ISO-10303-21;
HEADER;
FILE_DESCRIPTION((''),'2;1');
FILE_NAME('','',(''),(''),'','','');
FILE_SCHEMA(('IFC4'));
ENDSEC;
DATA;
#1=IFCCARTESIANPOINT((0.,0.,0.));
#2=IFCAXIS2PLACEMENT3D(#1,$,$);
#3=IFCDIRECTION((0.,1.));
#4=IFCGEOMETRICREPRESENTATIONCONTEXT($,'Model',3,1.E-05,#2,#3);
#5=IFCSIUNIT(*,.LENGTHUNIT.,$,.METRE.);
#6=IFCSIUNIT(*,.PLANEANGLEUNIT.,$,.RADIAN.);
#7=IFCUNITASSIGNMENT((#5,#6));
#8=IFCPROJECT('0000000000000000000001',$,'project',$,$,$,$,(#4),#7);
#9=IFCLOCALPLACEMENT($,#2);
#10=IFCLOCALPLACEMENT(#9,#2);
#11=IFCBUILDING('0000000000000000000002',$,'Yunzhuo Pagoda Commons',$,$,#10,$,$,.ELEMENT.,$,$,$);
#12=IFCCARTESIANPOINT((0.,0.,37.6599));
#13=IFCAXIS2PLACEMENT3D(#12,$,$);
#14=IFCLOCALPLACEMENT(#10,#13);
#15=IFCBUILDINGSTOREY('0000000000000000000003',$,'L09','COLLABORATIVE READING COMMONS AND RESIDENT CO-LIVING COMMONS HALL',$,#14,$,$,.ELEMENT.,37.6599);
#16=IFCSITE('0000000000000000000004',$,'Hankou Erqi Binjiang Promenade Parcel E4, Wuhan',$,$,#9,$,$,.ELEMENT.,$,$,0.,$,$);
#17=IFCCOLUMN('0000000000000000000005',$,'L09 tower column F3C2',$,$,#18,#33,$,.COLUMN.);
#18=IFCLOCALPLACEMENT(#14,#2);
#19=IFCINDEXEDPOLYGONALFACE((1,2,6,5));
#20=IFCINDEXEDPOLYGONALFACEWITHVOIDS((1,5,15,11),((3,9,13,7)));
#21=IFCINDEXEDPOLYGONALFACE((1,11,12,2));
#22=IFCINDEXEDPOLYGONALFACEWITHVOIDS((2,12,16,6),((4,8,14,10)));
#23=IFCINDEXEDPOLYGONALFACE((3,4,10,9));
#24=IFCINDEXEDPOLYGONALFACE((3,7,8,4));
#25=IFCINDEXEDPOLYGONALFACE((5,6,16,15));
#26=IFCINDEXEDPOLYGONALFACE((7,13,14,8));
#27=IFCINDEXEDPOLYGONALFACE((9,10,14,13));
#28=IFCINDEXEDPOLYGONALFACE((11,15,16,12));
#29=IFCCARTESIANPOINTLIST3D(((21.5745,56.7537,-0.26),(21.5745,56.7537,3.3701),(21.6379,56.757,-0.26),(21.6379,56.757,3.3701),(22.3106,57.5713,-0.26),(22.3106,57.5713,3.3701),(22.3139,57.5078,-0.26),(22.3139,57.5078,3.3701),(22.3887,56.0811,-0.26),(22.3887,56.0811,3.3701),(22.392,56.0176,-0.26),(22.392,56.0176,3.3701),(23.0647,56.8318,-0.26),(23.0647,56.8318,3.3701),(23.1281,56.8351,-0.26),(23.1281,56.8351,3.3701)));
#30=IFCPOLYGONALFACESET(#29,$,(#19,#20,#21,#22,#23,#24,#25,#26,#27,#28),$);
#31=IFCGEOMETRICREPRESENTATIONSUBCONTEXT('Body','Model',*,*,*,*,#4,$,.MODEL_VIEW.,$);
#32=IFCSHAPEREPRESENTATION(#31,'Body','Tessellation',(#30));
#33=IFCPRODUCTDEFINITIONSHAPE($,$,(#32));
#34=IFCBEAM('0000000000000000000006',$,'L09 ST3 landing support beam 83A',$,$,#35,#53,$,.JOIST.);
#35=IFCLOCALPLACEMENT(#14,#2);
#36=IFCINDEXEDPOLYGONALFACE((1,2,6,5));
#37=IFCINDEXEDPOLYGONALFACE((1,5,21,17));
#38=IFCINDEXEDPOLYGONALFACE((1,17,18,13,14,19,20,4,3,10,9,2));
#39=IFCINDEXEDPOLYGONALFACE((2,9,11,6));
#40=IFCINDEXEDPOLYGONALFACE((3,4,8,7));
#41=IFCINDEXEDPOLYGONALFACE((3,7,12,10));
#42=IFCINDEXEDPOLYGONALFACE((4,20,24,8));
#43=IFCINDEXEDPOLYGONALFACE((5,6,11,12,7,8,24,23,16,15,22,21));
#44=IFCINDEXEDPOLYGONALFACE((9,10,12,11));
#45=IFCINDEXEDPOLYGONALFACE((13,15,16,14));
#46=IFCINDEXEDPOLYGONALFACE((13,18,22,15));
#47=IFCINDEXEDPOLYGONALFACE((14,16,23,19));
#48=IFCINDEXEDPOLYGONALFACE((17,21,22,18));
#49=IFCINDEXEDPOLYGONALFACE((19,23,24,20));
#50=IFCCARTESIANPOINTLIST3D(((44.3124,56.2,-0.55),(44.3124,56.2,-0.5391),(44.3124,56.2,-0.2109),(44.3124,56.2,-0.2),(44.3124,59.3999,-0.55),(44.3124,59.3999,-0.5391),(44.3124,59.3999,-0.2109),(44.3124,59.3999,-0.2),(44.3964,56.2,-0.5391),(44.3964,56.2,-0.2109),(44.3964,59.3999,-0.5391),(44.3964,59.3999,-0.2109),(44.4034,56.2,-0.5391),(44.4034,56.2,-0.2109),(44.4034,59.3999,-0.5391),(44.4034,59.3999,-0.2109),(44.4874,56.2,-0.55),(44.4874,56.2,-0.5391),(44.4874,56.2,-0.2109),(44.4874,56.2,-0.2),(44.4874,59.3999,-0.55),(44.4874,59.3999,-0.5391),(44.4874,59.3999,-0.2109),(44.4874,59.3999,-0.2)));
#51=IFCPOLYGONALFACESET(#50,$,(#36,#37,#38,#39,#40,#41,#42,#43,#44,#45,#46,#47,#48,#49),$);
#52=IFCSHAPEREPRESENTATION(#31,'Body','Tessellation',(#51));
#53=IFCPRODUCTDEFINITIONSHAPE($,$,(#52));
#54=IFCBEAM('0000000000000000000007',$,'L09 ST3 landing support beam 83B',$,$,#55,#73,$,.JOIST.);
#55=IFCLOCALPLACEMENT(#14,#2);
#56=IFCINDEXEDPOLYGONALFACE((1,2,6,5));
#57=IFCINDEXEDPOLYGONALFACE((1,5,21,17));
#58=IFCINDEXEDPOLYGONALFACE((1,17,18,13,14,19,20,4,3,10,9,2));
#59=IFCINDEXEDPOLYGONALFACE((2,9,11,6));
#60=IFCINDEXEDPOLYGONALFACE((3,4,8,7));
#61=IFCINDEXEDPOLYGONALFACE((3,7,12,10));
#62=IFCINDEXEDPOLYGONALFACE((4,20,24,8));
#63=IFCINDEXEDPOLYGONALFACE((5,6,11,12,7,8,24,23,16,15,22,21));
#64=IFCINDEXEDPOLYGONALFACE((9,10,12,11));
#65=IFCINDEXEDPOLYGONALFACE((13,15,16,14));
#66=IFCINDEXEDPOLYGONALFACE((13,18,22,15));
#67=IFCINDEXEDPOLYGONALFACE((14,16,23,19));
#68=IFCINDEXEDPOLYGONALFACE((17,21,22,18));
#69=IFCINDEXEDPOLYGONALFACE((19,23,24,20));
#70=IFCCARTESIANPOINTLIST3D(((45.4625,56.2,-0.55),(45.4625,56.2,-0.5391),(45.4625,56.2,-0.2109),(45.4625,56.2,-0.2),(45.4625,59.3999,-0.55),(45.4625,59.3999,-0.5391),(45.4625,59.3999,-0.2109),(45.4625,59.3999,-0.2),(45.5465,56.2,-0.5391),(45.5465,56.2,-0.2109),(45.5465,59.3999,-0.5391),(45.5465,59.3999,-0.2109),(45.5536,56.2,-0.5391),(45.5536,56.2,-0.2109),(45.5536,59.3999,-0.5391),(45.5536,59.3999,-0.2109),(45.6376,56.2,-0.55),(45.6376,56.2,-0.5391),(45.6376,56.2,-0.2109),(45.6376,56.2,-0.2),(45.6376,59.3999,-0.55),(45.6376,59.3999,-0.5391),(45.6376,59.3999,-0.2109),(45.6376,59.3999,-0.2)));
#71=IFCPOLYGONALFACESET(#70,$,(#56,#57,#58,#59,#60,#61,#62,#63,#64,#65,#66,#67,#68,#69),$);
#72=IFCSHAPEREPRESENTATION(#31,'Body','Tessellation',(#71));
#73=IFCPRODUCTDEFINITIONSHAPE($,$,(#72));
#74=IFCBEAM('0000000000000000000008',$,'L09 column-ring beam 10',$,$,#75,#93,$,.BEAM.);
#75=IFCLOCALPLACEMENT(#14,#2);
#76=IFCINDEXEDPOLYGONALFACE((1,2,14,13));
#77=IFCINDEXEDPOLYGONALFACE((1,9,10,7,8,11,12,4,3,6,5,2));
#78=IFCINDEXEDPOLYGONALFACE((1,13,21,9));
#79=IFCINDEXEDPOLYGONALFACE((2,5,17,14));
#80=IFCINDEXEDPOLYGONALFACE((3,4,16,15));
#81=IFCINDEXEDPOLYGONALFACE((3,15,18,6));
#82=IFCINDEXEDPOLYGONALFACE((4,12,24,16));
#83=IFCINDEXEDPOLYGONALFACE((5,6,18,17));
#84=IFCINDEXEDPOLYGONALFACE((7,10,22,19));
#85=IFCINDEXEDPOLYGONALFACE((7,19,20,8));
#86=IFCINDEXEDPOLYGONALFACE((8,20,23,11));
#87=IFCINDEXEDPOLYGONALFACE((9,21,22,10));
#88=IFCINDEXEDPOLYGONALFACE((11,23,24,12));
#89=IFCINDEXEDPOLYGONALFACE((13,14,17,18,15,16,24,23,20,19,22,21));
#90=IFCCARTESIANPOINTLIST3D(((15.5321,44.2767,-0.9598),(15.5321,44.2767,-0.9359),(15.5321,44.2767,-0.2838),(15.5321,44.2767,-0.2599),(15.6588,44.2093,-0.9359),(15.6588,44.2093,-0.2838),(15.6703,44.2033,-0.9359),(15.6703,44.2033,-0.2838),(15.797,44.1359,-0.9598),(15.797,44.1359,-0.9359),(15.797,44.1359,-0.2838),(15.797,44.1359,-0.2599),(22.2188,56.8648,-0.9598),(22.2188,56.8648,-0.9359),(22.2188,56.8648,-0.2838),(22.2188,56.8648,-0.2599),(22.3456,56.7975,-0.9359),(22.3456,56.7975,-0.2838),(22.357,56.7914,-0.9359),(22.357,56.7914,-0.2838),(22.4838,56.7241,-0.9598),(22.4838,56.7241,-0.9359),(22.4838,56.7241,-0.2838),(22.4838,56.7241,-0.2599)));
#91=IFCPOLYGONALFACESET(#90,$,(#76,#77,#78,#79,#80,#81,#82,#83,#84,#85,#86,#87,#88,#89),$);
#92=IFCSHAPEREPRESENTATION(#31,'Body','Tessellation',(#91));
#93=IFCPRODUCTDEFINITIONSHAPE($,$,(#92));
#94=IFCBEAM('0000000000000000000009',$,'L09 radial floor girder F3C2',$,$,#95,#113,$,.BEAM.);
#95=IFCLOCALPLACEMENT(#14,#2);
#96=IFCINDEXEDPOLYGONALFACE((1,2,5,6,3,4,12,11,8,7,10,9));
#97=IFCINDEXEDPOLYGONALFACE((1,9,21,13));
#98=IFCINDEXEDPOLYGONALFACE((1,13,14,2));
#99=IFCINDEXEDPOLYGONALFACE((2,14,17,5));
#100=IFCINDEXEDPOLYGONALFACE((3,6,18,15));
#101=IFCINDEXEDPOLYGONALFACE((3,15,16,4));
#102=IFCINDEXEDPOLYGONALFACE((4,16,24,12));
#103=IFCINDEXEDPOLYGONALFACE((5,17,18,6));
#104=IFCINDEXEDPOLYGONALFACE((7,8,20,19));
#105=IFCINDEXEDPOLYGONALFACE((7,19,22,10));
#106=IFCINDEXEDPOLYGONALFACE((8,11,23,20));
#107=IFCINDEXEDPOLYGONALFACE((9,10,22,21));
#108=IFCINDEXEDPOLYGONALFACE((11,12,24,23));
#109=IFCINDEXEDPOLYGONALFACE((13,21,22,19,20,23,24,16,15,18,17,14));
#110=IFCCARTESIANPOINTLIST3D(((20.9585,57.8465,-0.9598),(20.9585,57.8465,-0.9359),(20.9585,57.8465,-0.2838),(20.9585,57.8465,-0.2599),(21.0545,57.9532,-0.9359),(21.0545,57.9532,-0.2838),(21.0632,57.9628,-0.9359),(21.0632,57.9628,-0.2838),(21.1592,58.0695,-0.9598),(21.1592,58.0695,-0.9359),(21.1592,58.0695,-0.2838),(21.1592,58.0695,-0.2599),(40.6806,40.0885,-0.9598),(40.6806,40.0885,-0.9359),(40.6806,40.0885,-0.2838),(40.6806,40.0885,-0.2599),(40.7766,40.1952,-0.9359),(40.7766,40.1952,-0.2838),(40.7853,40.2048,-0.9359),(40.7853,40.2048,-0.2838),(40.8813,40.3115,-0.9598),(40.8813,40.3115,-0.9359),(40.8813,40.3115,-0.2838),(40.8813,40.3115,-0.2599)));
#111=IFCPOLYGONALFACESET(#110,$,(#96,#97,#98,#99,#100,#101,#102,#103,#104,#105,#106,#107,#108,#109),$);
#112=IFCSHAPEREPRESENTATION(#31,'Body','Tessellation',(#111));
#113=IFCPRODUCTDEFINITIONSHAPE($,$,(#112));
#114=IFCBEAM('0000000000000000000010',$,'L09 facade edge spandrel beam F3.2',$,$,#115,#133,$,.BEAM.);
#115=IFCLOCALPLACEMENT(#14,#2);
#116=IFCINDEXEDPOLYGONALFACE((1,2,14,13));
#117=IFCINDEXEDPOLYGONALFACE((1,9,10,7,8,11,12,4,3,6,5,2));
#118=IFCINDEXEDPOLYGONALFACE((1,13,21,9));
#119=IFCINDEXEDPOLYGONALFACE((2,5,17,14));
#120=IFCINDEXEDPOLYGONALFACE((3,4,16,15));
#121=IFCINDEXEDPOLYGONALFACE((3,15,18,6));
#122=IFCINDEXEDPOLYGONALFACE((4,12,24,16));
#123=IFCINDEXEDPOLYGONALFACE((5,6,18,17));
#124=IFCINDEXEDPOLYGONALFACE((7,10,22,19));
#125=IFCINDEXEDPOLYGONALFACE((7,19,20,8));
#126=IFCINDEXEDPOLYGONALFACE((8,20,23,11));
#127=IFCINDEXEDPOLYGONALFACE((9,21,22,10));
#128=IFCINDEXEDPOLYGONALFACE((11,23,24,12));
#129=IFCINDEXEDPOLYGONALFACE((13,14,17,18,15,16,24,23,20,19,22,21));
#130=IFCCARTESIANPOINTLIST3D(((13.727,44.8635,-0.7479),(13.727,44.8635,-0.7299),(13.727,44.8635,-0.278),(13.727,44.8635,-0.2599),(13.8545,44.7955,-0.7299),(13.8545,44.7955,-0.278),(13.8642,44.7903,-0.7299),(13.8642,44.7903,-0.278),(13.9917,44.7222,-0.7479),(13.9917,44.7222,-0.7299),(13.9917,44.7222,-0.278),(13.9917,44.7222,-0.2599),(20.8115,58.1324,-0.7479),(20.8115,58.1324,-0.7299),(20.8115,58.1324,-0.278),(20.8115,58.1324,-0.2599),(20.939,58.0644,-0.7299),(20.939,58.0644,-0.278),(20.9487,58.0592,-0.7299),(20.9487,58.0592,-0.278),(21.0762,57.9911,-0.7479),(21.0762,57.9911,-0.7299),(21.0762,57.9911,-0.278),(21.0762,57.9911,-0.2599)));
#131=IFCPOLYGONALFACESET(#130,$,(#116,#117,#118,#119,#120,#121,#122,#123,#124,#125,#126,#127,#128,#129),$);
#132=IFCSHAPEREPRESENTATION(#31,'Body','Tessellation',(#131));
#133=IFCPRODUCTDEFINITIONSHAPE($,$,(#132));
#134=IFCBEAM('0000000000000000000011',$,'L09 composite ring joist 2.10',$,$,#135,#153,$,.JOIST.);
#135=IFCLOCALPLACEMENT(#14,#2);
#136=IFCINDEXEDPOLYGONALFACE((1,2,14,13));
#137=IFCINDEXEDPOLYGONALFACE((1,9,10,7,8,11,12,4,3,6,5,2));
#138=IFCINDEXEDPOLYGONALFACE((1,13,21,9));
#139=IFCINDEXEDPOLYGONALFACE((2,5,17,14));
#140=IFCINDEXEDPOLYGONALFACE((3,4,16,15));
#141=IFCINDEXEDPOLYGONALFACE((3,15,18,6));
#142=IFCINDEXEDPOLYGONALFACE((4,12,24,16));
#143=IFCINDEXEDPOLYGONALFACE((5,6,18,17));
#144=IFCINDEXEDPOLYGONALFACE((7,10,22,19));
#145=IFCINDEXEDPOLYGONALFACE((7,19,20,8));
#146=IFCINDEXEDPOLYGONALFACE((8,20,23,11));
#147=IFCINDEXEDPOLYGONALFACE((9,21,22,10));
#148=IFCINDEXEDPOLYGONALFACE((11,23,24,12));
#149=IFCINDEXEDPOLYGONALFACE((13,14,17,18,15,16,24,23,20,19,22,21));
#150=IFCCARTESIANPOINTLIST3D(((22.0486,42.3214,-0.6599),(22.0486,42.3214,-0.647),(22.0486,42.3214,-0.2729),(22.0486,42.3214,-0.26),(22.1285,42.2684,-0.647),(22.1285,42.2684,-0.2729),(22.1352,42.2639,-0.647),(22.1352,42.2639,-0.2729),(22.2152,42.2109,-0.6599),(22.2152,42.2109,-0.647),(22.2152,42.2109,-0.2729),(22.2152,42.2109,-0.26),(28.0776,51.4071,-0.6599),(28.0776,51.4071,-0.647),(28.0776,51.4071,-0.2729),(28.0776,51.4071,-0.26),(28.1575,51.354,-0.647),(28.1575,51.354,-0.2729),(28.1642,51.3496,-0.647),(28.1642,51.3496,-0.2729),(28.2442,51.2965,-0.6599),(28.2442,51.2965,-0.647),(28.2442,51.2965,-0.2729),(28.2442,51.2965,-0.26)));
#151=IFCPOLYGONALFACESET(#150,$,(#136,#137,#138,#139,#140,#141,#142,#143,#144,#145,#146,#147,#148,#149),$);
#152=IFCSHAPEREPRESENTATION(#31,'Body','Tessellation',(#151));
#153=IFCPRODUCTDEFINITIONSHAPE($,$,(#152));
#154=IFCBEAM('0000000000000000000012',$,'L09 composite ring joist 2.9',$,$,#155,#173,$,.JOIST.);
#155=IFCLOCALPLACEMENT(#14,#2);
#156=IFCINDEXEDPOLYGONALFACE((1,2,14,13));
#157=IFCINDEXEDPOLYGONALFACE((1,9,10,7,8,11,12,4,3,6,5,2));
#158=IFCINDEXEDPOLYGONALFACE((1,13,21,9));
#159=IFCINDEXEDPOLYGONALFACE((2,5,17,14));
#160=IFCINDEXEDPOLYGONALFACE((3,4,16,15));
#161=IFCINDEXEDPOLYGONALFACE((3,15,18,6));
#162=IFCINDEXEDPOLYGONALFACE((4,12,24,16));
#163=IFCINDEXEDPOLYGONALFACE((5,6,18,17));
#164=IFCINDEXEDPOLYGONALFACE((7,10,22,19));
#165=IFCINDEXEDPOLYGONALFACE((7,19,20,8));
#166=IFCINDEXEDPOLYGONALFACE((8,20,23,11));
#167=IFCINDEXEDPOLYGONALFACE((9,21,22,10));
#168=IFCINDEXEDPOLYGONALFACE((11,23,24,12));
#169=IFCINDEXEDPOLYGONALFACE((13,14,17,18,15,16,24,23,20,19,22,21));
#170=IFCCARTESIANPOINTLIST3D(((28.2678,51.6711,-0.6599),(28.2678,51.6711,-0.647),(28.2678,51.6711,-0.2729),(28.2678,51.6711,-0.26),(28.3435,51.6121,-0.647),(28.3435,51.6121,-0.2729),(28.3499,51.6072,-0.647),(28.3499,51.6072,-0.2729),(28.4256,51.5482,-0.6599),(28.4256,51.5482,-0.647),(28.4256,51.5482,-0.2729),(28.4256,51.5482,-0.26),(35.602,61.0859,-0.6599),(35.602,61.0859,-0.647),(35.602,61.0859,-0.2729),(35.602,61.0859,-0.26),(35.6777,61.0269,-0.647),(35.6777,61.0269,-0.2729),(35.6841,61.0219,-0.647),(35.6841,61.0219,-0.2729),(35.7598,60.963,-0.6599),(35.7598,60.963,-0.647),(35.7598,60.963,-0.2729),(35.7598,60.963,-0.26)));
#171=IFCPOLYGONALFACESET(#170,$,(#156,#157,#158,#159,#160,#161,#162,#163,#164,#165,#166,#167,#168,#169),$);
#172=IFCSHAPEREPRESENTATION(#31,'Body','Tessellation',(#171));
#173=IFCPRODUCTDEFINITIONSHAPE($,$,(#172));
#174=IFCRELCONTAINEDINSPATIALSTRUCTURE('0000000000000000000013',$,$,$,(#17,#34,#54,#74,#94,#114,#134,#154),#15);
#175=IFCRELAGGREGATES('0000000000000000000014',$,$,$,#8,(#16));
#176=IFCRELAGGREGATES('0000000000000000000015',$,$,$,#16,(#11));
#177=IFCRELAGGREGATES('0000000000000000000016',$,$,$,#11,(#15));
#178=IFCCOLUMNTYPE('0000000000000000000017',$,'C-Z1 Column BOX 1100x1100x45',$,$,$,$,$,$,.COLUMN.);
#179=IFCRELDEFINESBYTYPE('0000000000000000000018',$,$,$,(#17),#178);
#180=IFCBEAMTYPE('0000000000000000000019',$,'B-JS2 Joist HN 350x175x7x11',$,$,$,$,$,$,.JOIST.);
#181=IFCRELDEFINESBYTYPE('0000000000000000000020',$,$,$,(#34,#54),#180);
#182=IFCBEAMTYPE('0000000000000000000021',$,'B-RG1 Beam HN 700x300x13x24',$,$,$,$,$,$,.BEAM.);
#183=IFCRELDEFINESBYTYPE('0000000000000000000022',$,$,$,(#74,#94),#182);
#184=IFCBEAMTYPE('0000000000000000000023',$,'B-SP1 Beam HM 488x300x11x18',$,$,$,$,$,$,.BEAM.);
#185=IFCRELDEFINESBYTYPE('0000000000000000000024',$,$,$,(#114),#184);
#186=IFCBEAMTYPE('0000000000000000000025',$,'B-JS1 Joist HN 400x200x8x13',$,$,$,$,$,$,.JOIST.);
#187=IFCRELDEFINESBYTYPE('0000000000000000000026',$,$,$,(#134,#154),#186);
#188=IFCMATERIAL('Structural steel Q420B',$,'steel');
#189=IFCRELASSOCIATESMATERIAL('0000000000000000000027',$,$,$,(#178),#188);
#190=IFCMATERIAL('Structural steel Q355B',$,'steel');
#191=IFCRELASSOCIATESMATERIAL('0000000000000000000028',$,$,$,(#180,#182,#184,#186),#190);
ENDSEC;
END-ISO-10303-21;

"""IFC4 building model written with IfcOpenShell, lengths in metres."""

from ifc_helpers import new_model, si_unit, direction, frame, origin, origin_2d, place, context, subcontext, project, spatial, hollow_rectangle, i_section, extrude, source, transform, mapped, material, material_profile, profile_set, type_object, element, save


model = new_model("IFC4")

# Units and contexts
model_context = context("Model", 3, precision=1e-05, world=origin(), true_north=direction((0.0, 1.0)))
body_context = subcontext(model_context, "Body", "Model", "MODEL_VIEW")
ifc_project = project(units=[si_unit("LENGTHUNIT", "METRE"), si_unit("PLANEANGLEUNIT", "RADIAN")], contexts=[model_context])

# Site, building, storey
site_placement = place(None, origin())
site = spatial("IfcSite", under=ifc_project, at=site_placement, Name="Hankou Erqi Binjiang Promenade Parcel E4, Wuhan", CompositionType="ELEMENT", RefElevation=0.0)
building_placement = place(site_placement, origin())
building = spatial("IfcBuilding", under=site, at=building_placement, Name="Yunzhuo Pagoda Commons", CompositionType="ELEMENT")
storey_placement = place(building_placement, frame((0.0, 0.0, 37.6599)))
storey = spatial("IfcBuildingStorey", under=building, at=storey_placement, Name="L09", Description="COLLABORATIVE READING COMMONS AND RESIDENT CO-LIVING COMMONS HALL", CompositionType="ELEMENT", Elevation=37.6599)

# Column
ifc_material_1 = material(Name="Structural steel Q420B", Category="steel")
ifc_material_profile_1 = material_profile(ifc_material_1, hollow_rectangle(XDim=1.1001, YDim=1.1001, WallThickness=0.0449, at=origin_2d()), Name="Structural steel Q420B")
ifc_profile_set_1 = profile_set([ifc_material_profile_1], Name="Structural steel Q420B")
column_type = type_object("IfcColumnType", Name="C-Z1 Column BOX 1100x1100x45", PredefinedType="COLUMN", material=ifc_profile_set_1)
shared_shape_1 = source(origin(), body_context, "Body", "SweptSolid", [
    extrude(hollow_rectangle(XDim=1.1001, YDim=1.1001, WallThickness=0.0449, at=origin_2d()), origin(), (0.0, 0.0, 1.0), 3.6301),
])
column_placement = place(storey_placement, frame((22.3513, 56.7944, -0.26), z_axis=(0.0, 0.0, 1.0), x_axis=(-0.669131, -0.743145, 0.0)))
element("IfcColumn", 1, at=column_placement, inside=storey, type_object=column_type, Name="L09 tower column F3C2", PredefinedType="COLUMN", context=body_context, shape_type="MappedRepresentation", body=[
    mapped(shared_shape_1, transform((0.0, 0.0, 0.0), scale=1.0)),
])

# Beams
ifc_material_2 = material(Name="Structural steel Q355B", Category="steel")
ifc_material_profile_2 = material_profile(ifc_material_2, i_section(OverallWidth=0.175, OverallDepth=0.3501, WebThickness=0.0071, FlangeThickness=0.011, at=origin_2d()), Name="Structural steel Q355B")
ifc_profile_set_2 = profile_set([ifc_material_profile_2], Name="Structural steel Q355B")
beam_type_1 = type_object("IfcBeamType", Name="B-JS2 Joist HN 350x175x7x11", PredefinedType="JOIST", material=ifc_profile_set_2)
shared_shape_2 = source(origin(), body_context, "Body", "SweptSolid", [
    extrude(i_section(OverallWidth=0.175, OverallDepth=0.3501, WebThickness=0.0071, FlangeThickness=0.011, at=origin_2d()), origin(), (0.0, 0.0, 1.0), 3.2),
])
for number, where, z_axis, x_axis, name in (
    (2, (44.3999, 56.2, -0.375), (0.0, 1.0, 0.0), (-1.0, 0.0, 0.0), "L09 ST3 landing support beam 83A"),
    (3, (45.55, 56.2, -0.375), (0.0, 1.0, 0.0), (-1.0, 0.0, 0.0), "L09 ST3 landing support beam 83B"),
):
    element("IfcBeam", number, at=place(storey_placement, frame(where, z_axis=z_axis, x_axis=x_axis)), inside=storey, type_object=beam_type_1, Name=name, PredefinedType="JOIST", context=body_context, shape_type="MappedRepresentation", body=[
        mapped(shared_shape_2, transform((0.0, 0.0, 0.0), scale=1.0)),
    ])
ifc_material_profile_3 = material_profile(ifc_material_2, i_section(OverallWidth=0.3, OverallDepth=0.7, WebThickness=0.0129, FlangeThickness=0.0239, at=origin_2d()), Name="Structural steel Q355B")
ifc_profile_set_3 = profile_set([ifc_material_profile_3], Name="Structural steel Q355B")
beam_type_2 = type_object("IfcBeamType", Name="B-RG1 Beam HN 700x300x13x24", PredefinedType="BEAM", material=ifc_profile_set_3)
shared_shape_3 = source(origin(), body_context, "Body", "SweptSolid", [
    extrude(i_section(OverallWidth=0.3, OverallDepth=0.7, WebThickness=0.0129, FlangeThickness=0.0239, at=origin_2d()), origin(), (0.0, 0.0, 1.0), 14.2539),
])
beam_1_placement = place(storey_placement, frame((22.3513, 56.7944, -0.6099), z_axis=(-0.469118, -0.883135, 0.0), x_axis=(0.883135, -0.469118, 0.0)))
element("IfcBeam", 4, at=beam_1_placement, inside=storey, type_object=beam_type_2, Name="L09 column-ring beam 10", PredefinedType="BEAM", context=body_context, shape_type="MappedRepresentation", body=[
    mapped(shared_shape_3, transform((0.0, 0.0, 0.0), scale=1.0)),
])
shared_shape_4 = source(origin(), body_context, "Body", "SweptSolid", [
    extrude(i_section(OverallWidth=0.3, OverallDepth=0.7, WebThickness=0.0129, FlangeThickness=0.0239, at=origin_2d()), origin(), (0.0, 0.0, 1.0), 26.5388),
])
beam_2_placement = place(storey_placement, frame((21.0588, 57.958, -0.6099), z_axis=(0.743142, -0.669133, 0.0), x_axis=(0.669133, 0.743142, 0.0)))
element("IfcBeam", 5, at=beam_2_placement, inside=storey, type_object=beam_type_2, Name="L09 radial floor girder F3C2", PredefinedType="BEAM", context=body_context, shape_type="MappedRepresentation", body=[
    mapped(shared_shape_4, transform((0.0, 0.0, 0.0), scale=1.0)),
])
ifc_material_profile_4 = material_profile(ifc_material_2, i_section(OverallWidth=0.3, OverallDepth=0.488, WebThickness=0.011, FlangeThickness=0.0181, at=origin_2d()), Name="Structural steel Q355B")
ifc_profile_set_4 = profile_set([ifc_material_profile_4], Name="Structural steel Q355B")
beam_type_3 = type_object("IfcBeamType", Name="B-SP1 Beam HM 488x300x11x18", PredefinedType="BEAM", material=ifc_profile_set_4)
shared_shape_5 = source(origin(), body_context, "Body", "SweptSolid", [
    extrude(i_section(OverallWidth=0.3, OverallDepth=0.488, WebThickness=0.011, FlangeThickness=0.0181, at=origin_2d()), origin(), (0.0, 0.0, 1.0), 15.0417),
])
beam_3_placement = place(storey_placement, frame((20.9438, 58.0618, -0.5039), z_axis=(-0.470991, -0.882138, 0.0), x_axis=(0.882138, -0.470991, 0.0)))
element("IfcBeam", 6, at=beam_3_placement, inside=storey, type_object=beam_type_3, Name="L09 facade edge spandrel beam F3.2", PredefinedType="BEAM", context=body_context, shape_type="MappedRepresentation", body=[
    mapped(shared_shape_5, transform((0.0, 0.0, 0.0), scale=1.0)),
])
ifc_material_profile_5 = material_profile(ifc_material_2, i_section(OverallWidth=0.2, OverallDepth=0.3999, WebThickness=0.0081, FlangeThickness=0.0129, at=origin_2d()), Name="Structural steel Q355B")
ifc_profile_set_5 = profile_set([ifc_material_profile_5], Name="Structural steel Q355B")
beam_type_4 = type_object("IfcBeamType", Name="B-JS1 Joist HN 400x200x8x13", PredefinedType="JOIST", material=ifc_profile_set_5)
shared_shape_6 = source(origin(), body_context, "Body", "SweptSolid", [
    extrude(i_section(OverallWidth=0.2, OverallDepth=0.3999, WebThickness=0.0081, FlangeThickness=0.0129, at=origin_2d()), origin(), (0.0, 0.0, 1.0), 10.9041),
])
beam_4_placement = place(storey_placement, frame((28.1609, 51.3518, -0.46), z_axis=(-0.552916, -0.833237, 0.0), x_axis=(0.833237, -0.552916, 0.0)))
element("IfcBeam", 7, at=beam_4_placement, inside=storey, type_object=beam_type_4, Name="L09 composite ring joist 2.10", PredefinedType="JOIST", context=body_context, shape_type="MappedRepresentation", body=[
    mapped(shared_shape_6, transform((0.0, 0.0, 0.0), scale=1.0)),
])
shared_shape_7 = source(origin(), body_context, "Body", "SweptSolid", [
    extrude(i_section(OverallWidth=0.2, OverallDepth=0.3999, WebThickness=0.0081, FlangeThickness=0.0129, at=origin_2d()), origin(), (0.0, 0.0, 1.0), 11.9343),
])
beam_5_placement = place(storey_placement, frame((35.6809, 61.0244, -0.46), z_axis=(-0.614547, -0.788881, 0.0), x_axis=(0.788881, -0.614547, 0.0)))
element("IfcBeam", 8, at=beam_5_placement, inside=storey, type_object=beam_type_4, Name="L09 composite ring joist 2.9", PredefinedType="JOIST", context=body_context, shape_type="MappedRepresentation", body=[
    mapped(shared_shape_7, transform((0.0, 0.0, 0.0), scale=1.0)),
])

save(model, "model.ifc")
